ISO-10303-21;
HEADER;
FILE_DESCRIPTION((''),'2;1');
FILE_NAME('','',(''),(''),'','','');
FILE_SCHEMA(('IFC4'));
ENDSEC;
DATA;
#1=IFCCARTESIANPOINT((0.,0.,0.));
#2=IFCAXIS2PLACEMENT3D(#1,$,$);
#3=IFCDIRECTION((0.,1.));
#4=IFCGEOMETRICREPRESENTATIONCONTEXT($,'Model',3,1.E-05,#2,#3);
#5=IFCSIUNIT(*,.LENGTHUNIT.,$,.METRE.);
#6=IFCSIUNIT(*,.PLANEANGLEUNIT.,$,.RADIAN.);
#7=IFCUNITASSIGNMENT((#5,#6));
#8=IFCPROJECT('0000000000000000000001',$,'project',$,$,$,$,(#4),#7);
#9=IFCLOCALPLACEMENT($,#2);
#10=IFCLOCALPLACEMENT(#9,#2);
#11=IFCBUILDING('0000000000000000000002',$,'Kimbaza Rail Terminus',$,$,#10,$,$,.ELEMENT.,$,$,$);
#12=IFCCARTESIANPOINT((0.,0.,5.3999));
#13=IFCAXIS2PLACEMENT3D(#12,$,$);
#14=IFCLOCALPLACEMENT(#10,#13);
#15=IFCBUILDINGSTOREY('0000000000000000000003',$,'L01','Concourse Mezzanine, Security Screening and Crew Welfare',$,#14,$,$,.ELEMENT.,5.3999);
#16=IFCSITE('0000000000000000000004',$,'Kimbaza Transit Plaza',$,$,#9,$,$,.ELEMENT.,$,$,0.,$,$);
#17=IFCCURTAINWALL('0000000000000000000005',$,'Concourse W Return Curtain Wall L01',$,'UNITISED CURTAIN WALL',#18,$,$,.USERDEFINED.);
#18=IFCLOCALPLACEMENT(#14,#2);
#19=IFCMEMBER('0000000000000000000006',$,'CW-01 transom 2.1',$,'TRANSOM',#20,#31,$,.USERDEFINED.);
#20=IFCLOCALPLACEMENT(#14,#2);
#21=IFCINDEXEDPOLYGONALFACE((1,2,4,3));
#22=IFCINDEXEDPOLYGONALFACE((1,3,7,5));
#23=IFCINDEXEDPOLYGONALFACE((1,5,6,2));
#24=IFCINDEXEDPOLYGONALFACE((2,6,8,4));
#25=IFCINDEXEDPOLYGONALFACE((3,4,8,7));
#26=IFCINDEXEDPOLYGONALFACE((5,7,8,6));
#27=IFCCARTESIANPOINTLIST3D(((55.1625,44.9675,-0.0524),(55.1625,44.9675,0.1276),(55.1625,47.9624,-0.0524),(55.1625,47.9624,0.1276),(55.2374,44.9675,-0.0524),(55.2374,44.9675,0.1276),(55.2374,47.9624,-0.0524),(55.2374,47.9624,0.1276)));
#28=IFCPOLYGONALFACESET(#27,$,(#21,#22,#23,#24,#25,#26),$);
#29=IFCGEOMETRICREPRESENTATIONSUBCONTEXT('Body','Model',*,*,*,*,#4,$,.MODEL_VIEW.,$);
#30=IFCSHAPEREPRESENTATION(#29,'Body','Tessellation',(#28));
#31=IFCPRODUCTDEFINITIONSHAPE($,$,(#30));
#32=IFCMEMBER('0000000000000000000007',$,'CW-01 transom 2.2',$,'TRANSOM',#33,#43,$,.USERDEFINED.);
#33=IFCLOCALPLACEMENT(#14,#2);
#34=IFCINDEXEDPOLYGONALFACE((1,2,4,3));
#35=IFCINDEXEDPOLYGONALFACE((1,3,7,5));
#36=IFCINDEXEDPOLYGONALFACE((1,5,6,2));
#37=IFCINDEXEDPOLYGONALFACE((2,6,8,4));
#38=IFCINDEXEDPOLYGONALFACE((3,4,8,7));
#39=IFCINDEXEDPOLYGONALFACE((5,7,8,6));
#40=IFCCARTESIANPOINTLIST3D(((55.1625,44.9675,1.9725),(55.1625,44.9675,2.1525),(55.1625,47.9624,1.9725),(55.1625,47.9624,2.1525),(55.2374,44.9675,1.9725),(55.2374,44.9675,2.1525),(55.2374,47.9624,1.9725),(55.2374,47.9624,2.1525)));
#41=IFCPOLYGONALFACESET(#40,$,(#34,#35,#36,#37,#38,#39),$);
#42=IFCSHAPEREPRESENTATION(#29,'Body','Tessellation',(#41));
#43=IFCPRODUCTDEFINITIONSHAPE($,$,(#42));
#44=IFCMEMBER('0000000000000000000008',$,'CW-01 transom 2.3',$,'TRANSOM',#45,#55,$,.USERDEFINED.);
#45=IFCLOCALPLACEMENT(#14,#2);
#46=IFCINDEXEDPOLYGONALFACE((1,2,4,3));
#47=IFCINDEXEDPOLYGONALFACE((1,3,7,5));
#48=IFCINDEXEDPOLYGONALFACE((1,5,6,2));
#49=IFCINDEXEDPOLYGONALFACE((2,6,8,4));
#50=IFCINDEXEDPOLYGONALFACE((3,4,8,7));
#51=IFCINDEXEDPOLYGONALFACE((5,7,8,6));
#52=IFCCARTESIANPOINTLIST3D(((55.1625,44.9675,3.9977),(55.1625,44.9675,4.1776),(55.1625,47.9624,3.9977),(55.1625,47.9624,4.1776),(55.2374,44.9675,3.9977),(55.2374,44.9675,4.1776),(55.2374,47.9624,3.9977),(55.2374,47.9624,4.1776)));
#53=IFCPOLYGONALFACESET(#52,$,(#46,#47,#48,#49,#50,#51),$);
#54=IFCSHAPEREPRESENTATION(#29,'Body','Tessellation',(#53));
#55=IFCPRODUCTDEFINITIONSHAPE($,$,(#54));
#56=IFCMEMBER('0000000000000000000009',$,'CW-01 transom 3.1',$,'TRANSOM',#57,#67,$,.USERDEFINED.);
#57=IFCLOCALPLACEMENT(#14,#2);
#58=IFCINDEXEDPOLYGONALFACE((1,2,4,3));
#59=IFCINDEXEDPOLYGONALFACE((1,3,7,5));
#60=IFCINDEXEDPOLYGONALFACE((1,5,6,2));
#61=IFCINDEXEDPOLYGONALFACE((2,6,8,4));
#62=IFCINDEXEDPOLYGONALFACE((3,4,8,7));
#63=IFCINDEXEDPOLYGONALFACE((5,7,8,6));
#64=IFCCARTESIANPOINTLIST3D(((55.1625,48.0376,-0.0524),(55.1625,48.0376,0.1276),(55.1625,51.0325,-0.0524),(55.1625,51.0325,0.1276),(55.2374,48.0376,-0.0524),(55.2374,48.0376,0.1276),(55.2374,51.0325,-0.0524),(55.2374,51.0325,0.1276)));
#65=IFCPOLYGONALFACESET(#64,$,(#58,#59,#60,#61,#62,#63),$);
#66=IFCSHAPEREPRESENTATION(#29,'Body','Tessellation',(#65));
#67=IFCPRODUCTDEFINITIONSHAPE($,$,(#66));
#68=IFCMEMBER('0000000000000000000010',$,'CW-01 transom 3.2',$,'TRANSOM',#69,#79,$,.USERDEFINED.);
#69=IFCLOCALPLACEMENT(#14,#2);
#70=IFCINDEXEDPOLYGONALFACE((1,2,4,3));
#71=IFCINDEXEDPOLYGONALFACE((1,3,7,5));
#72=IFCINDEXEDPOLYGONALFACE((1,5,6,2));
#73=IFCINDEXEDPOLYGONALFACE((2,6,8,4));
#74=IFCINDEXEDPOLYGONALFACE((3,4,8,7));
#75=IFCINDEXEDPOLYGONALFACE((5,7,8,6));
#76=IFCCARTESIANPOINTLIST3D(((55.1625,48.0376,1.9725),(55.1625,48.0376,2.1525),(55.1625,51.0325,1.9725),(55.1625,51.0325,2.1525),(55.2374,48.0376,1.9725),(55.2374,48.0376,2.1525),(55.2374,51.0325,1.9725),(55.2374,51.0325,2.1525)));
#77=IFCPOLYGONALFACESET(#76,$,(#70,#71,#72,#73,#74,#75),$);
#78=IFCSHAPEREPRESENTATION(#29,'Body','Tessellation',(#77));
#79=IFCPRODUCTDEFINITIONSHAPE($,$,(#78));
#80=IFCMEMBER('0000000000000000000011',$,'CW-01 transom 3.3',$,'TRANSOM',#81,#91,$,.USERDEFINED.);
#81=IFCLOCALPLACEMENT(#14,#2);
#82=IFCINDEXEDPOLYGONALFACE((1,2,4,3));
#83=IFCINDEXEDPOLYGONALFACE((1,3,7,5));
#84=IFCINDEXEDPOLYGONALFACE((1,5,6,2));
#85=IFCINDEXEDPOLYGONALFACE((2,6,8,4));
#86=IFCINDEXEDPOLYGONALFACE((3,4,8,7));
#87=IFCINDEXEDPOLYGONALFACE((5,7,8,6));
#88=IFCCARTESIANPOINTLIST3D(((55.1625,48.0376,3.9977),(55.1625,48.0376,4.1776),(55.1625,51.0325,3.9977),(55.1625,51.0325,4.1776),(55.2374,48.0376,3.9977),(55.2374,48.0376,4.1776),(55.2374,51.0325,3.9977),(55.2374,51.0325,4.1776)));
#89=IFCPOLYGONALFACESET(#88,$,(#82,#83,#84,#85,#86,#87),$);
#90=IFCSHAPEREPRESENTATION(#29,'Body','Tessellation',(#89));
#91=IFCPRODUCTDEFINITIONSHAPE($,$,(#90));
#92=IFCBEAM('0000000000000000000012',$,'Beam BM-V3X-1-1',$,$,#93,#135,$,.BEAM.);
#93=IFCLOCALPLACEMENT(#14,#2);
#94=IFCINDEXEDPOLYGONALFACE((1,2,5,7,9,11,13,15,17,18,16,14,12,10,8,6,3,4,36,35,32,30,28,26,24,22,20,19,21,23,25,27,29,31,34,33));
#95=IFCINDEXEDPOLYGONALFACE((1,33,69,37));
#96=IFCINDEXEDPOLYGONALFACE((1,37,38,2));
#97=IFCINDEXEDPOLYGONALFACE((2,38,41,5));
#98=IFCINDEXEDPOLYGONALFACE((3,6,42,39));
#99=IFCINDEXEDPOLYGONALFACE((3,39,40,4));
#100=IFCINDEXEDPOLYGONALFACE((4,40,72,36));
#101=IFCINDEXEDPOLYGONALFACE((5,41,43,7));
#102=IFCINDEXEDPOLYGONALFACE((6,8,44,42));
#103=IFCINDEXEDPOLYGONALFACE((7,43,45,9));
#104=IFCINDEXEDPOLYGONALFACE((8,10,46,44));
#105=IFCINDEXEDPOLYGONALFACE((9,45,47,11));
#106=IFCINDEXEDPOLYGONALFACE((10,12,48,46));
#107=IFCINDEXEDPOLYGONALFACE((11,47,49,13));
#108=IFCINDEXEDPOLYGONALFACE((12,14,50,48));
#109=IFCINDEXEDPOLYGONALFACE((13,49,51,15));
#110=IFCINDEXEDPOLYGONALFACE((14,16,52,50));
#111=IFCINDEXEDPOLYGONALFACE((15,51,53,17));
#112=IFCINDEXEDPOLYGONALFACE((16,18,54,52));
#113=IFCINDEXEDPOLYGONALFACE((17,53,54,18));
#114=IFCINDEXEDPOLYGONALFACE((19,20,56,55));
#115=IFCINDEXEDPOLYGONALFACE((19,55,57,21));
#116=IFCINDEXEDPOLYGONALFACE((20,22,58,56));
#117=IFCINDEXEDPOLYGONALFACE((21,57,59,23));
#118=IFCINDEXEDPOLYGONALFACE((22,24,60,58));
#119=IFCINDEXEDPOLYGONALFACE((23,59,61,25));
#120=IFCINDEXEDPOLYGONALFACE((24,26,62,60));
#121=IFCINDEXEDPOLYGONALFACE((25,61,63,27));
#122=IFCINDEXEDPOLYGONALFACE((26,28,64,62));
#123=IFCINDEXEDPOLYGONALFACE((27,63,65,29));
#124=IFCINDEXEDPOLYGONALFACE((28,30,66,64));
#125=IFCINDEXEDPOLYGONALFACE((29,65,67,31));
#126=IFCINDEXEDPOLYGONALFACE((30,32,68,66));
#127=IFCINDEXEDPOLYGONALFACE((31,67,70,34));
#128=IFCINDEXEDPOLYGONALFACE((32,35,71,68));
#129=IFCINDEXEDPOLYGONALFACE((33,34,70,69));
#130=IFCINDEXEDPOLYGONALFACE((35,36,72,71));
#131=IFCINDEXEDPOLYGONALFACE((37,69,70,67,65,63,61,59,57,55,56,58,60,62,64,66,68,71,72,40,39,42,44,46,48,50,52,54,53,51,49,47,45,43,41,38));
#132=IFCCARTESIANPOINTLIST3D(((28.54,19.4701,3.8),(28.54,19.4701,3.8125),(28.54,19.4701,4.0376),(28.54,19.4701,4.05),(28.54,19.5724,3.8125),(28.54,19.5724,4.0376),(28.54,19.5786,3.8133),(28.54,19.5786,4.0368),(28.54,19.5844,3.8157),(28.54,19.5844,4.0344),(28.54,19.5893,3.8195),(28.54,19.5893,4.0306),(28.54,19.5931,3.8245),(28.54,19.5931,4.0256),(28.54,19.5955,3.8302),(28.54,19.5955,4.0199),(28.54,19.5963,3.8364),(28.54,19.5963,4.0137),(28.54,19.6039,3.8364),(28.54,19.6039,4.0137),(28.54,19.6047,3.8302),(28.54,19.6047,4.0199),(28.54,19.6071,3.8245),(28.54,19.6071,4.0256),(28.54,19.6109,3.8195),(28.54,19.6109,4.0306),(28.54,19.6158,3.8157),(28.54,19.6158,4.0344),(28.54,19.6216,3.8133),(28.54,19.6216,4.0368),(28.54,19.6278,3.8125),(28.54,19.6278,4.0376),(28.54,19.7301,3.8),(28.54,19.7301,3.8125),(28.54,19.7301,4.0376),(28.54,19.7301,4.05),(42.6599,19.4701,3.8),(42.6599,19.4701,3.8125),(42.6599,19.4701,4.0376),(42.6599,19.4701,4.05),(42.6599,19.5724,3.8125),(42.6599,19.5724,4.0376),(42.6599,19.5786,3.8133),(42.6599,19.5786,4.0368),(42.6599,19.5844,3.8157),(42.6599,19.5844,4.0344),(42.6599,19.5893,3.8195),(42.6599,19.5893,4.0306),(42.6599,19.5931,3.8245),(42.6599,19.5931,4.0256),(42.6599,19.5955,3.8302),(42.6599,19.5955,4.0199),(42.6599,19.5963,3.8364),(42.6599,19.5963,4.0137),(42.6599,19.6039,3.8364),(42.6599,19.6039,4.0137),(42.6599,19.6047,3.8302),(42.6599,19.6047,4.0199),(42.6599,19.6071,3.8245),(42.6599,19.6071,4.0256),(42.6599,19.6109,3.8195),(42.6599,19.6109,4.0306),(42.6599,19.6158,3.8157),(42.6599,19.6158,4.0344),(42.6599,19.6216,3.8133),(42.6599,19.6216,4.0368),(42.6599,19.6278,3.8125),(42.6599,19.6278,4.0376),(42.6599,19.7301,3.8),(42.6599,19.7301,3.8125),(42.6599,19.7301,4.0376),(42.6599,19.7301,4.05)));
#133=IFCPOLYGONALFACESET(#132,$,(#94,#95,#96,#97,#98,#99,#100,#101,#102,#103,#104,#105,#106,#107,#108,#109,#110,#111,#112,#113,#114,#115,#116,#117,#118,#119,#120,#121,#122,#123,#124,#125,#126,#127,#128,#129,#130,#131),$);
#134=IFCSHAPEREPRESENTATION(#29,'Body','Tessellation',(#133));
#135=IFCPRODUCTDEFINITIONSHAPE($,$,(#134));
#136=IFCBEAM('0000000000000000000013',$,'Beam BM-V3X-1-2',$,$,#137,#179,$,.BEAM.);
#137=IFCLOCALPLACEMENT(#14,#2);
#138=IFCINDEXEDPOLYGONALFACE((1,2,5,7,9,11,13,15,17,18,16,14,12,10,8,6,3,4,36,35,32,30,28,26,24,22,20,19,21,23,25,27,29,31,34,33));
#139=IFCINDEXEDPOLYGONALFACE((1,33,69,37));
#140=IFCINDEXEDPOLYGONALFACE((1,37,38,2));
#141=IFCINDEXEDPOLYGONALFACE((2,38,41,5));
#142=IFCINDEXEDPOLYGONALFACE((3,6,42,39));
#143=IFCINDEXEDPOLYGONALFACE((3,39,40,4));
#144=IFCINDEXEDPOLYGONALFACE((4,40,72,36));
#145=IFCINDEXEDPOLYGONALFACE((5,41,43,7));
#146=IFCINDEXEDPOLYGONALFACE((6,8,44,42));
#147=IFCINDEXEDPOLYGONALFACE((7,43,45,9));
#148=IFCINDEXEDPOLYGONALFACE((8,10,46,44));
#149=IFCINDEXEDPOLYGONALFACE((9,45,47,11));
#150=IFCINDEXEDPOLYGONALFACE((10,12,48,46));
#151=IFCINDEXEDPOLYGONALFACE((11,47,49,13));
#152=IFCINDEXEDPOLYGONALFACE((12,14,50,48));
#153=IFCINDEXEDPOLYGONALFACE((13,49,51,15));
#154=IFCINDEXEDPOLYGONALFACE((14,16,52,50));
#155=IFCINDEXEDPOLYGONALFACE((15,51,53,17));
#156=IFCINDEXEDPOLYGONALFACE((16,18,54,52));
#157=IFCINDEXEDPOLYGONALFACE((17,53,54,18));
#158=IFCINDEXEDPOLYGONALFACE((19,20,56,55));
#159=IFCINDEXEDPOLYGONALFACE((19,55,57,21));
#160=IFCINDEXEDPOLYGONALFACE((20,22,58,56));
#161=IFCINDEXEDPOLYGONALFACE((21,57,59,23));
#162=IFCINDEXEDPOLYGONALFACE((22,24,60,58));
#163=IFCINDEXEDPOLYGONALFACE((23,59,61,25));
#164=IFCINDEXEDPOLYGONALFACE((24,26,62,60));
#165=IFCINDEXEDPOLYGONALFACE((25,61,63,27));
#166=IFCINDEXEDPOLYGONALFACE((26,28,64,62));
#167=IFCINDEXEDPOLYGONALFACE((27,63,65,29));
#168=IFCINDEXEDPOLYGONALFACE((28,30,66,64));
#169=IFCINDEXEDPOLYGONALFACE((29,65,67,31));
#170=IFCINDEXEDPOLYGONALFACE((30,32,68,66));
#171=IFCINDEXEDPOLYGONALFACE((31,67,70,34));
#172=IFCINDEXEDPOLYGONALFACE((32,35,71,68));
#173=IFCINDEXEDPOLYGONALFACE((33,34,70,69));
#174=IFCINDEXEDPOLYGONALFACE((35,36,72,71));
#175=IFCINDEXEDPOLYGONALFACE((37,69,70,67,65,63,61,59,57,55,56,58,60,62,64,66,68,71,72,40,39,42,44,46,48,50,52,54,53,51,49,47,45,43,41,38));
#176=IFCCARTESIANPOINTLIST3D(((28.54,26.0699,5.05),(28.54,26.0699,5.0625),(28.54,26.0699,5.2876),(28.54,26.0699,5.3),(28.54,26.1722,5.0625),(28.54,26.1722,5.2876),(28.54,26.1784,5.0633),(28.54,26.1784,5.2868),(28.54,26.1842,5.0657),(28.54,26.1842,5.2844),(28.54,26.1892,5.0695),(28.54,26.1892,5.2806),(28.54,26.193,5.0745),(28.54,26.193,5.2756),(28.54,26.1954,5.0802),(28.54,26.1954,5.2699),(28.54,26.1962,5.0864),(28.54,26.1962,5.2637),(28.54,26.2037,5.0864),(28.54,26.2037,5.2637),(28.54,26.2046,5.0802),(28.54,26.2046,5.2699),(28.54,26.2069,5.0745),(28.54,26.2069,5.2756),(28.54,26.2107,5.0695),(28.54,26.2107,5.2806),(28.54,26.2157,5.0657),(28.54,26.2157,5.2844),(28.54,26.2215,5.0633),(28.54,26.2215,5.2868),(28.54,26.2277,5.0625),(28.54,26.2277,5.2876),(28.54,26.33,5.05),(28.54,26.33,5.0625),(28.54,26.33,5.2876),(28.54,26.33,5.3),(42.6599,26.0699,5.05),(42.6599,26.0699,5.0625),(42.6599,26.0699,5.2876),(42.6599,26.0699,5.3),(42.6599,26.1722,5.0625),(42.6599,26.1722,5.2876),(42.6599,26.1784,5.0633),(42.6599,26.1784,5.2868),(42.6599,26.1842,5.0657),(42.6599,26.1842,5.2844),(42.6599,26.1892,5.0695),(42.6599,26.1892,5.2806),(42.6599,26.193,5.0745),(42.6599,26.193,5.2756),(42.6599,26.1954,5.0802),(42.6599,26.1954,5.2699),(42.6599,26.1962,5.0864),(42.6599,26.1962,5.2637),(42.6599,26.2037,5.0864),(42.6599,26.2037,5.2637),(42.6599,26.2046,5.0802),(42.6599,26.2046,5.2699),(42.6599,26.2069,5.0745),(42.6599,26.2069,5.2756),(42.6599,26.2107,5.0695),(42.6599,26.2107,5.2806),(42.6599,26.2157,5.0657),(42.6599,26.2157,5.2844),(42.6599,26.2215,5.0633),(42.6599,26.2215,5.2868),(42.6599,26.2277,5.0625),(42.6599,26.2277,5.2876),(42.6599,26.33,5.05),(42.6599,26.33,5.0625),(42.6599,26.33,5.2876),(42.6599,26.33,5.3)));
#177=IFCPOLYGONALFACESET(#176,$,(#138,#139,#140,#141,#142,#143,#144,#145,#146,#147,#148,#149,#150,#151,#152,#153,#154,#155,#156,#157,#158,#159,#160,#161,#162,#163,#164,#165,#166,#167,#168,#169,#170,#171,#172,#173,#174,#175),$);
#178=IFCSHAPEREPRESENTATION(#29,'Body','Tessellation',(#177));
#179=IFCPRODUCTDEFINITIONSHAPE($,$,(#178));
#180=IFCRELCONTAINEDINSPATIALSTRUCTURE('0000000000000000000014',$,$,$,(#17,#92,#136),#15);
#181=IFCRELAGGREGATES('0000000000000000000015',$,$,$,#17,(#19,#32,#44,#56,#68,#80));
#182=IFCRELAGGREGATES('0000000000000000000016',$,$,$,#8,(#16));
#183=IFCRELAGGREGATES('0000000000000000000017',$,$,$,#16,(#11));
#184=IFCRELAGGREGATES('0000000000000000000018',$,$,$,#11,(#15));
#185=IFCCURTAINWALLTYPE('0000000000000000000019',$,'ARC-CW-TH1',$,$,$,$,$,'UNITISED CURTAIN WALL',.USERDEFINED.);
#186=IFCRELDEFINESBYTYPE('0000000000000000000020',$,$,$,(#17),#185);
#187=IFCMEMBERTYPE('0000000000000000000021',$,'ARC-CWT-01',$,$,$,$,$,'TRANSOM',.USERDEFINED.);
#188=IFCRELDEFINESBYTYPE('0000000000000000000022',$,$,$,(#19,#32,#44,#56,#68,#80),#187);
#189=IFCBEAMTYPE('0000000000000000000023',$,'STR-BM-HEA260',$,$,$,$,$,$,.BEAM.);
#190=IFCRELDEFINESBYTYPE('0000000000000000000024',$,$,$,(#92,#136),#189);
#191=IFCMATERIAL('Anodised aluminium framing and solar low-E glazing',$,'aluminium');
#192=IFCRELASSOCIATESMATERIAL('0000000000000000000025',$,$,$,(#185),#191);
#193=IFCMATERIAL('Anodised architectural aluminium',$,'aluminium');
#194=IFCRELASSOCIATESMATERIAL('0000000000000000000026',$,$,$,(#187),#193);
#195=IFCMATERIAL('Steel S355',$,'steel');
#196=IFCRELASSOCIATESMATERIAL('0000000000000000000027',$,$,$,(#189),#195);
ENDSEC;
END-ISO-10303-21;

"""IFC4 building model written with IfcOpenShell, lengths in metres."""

from ifc_helpers import new_model, si_unit, direction, frame, origin, origin_2d, place, context, subcontext, project, spatial, rectangle, i_section, extrude, material, material_profile, profile_set, type_object, element, aggregate, save


model = new_model("IFC4")

# Units and contexts
model_context = context("Model", 3, precision=1e-05, world=origin(), true_north=direction((0.0, 1.0)))
body_context = subcontext(model_context, "Body", "Model", "MODEL_VIEW")
ifc_project = project(units=[si_unit("LENGTHUNIT", "METRE"), si_unit("PLANEANGLEUNIT", "RADIAN")], contexts=[model_context])

# Site, building, storey
site_placement = place(None, origin())
site = spatial("IfcSite", under=ifc_project, at=site_placement, Name="Kimbaza Transit Plaza", CompositionType="ELEMENT", RefElevation=0.0)
building_placement = place(site_placement, origin())
building = spatial("IfcBuilding", under=site, at=building_placement, Name="Kimbaza Rail Terminus", CompositionType="ELEMENT")
storey_placement = place(building_placement, frame((0.0, 0.0, 5.3999)))
storey = spatial("IfcBuildingStorey", under=building, at=storey_placement, Name="L01", Description="Concourse Mezzanine, Security Screening and Crew Welfare", CompositionType="ELEMENT", Elevation=5.3999)

# Curtain wall, members
ifc_material_1 = material(Name="Anodised aluminium framing and solar low-E glazing", Category="aluminium")
curtain_wall_type = type_object("IfcCurtainWallType", Name="ARC-CW-TH1", ElementType="UNITISED CURTAIN WALL", PredefinedType="USERDEFINED", material=ifc_material_1)
curtain_wall_placement = place(storey_placement, origin())
curtain_wall = element("IfcCurtainWall", 1, at=curtain_wall_placement, inside=storey, type_object=curtain_wall_type, Name="Concourse W Return Curtain Wall L01", ObjectType="UNITISED CURTAIN WALL", PredefinedType="USERDEFINED")
ifc_material_2 = material(Name="Anodised architectural aluminium", Category="aluminium")
ifc_material_profile_1 = material_profile(ifc_material_2, rectangle(XDim=0.075, YDim=0.1799, at=origin_2d()), Name="TRANSOM 75x180")
ifc_profile_set_1 = profile_set([ifc_material_profile_1], Name="Anodised architectural aluminium")
member_type_1 = type_object("IfcMemberType", Name="ARC-CWT-01", ElementType="TRANSOM", PredefinedType="USERDEFINED", material=ifc_profile_set_1)
member_1_placement = place(storey_placement, frame((55.2, 44.9675, 0.0376), z_axis=(0.0, 1.0, 0.0), x_axis=(-1.0, 0.0, 0.0)))
member_1 = element("IfcMember", 2, at=member_1_placement, type_object=member_type_1, Name="CW-01 transom 2.1", ObjectType="TRANSOM", PredefinedType="USERDEFINED", context=body_context, shape_type="SweptSolid", body=[
    extrude(rectangle(XDim=0.075, YDim=0.1799, at=origin_2d()), origin(), (0.0, 0.0, 1.0), 2.9949),
])
member_2_placement = place(storey_placement, frame((55.2, 44.9675, 2.0625), z_axis=(0.0, 1.0, 0.0), x_axis=(-1.0, 0.0, 0.0)))
member_2 = element("IfcMember", 3, at=member_2_placement, type_object=member_type_1, Name="CW-01 transom 2.2", ObjectType="TRANSOM", PredefinedType="USERDEFINED", context=body_context, shape_type="SweptSolid", body=[
    extrude(rectangle(XDim=0.075, YDim=0.1799, at=origin_2d()), origin(), (0.0, 0.0, 1.0), 2.9949),
])
member_3_placement = place(storey_placement, frame((55.2, 44.9675, 4.0876), z_axis=(0.0, 1.0, 0.0), x_axis=(-1.0, 0.0, 0.0)))
member_3 = element("IfcMember", 4, at=member_3_placement, type_object=member_type_1, Name="CW-01 transom 2.3", ObjectType="TRANSOM", PredefinedType="USERDEFINED", context=body_context, shape_type="SweptSolid", body=[
    extrude(rectangle(XDim=0.075, YDim=0.1799, at=origin_2d()), origin(), (0.0, 0.0, 1.0), 2.9949),
])
member_4_placement = place(storey_placement, frame((55.2, 48.0376, 0.0376), z_axis=(0.0, 1.0, 0.0), x_axis=(-1.0, 0.0, 0.0)))
member_4 = element("IfcMember", 5, at=member_4_placement, type_object=member_type_1, Name="CW-01 transom 3.1", ObjectType="TRANSOM", PredefinedType="USERDEFINED", context=body_context, shape_type="SweptSolid", body=[
    extrude(rectangle(XDim=0.075, YDim=0.1799, at=origin_2d()), origin(), (0.0, 0.0, 1.0), 2.9949),
])
member_5_placement = place(storey_placement, frame((55.2, 48.0376, 2.0625), z_axis=(0.0, 1.0, 0.0), x_axis=(-1.0, 0.0, 0.0)))
member_5 = element("IfcMember", 6, at=member_5_placement, type_object=member_type_1, Name="CW-01 transom 3.2", ObjectType="TRANSOM", PredefinedType="USERDEFINED", context=body_context, shape_type="SweptSolid", body=[
    extrude(rectangle(XDim=0.075, YDim=0.1799, at=origin_2d()), origin(), (0.0, 0.0, 1.0), 2.9949),
])
member_6_placement = place(storey_placement, frame((55.2, 48.0376, 4.0876), z_axis=(0.0, 1.0, 0.0), x_axis=(-1.0, 0.0, 0.0)))
member_6 = element("IfcMember", 7, at=member_6_placement, type_object=member_type_1, Name="CW-01 transom 3.3", ObjectType="TRANSOM", PredefinedType="USERDEFINED", context=body_context, shape_type="SweptSolid", body=[
    extrude(rectangle(XDim=0.075, YDim=0.1799, at=origin_2d()), origin(), (0.0, 0.0, 1.0), 2.9949),
])

# Beams
ifc_material_3 = material(Name="Steel S355", Category="steel")
ifc_material_profile_2 = material_profile(ifc_material_3, i_section(OverallWidth=0.26, OverallDepth=0.25, WebThickness=0.0076, FlangeThickness=0.0125, FilletRadius=0.0239, at=origin_2d()), Name="HEA 260")
ifc_profile_set_2 = profile_set([ifc_material_profile_2], Name="Steel S355")
beam_type_1 = type_object("IfcBeamType", Name="STR-BM-HEA260", PredefinedType="BEAM", material=ifc_profile_set_2)
for number, where, z_axis, x_axis, name in (
    (8, (28.54, 19.6001, 3.925), (1.0, 0.0, 0.0), (0.0, 1.0, 0.0), "Beam BM-V3X-1-1"),
    (9, (28.54, 26.2, 5.175), (1.0, 0.0, 0.0), (0.0, 1.0, 0.0), "Beam BM-V3X-1-2"),
):
    element("IfcBeam", number, at=place(storey_placement, frame(where, z_axis=z_axis, x_axis=x_axis)), inside=storey, type_object=beam_type_1, Name=name, PredefinedType="BEAM", context=body_context, shape_type="SweptSolid", body=[
        extrude(i_section(OverallWidth=0.26, OverallDepth=0.25, WebThickness=0.0076, FlangeThickness=0.0125, FilletRadius=0.0239, at=origin_2d()), origin(), (0.0, 0.0, 1.0), 14.1199),
    ])

aggregate(curtain_wall, [member_1, member_2, member_3, member_4, member_5, member_6])

save(model, "model.ifc")
